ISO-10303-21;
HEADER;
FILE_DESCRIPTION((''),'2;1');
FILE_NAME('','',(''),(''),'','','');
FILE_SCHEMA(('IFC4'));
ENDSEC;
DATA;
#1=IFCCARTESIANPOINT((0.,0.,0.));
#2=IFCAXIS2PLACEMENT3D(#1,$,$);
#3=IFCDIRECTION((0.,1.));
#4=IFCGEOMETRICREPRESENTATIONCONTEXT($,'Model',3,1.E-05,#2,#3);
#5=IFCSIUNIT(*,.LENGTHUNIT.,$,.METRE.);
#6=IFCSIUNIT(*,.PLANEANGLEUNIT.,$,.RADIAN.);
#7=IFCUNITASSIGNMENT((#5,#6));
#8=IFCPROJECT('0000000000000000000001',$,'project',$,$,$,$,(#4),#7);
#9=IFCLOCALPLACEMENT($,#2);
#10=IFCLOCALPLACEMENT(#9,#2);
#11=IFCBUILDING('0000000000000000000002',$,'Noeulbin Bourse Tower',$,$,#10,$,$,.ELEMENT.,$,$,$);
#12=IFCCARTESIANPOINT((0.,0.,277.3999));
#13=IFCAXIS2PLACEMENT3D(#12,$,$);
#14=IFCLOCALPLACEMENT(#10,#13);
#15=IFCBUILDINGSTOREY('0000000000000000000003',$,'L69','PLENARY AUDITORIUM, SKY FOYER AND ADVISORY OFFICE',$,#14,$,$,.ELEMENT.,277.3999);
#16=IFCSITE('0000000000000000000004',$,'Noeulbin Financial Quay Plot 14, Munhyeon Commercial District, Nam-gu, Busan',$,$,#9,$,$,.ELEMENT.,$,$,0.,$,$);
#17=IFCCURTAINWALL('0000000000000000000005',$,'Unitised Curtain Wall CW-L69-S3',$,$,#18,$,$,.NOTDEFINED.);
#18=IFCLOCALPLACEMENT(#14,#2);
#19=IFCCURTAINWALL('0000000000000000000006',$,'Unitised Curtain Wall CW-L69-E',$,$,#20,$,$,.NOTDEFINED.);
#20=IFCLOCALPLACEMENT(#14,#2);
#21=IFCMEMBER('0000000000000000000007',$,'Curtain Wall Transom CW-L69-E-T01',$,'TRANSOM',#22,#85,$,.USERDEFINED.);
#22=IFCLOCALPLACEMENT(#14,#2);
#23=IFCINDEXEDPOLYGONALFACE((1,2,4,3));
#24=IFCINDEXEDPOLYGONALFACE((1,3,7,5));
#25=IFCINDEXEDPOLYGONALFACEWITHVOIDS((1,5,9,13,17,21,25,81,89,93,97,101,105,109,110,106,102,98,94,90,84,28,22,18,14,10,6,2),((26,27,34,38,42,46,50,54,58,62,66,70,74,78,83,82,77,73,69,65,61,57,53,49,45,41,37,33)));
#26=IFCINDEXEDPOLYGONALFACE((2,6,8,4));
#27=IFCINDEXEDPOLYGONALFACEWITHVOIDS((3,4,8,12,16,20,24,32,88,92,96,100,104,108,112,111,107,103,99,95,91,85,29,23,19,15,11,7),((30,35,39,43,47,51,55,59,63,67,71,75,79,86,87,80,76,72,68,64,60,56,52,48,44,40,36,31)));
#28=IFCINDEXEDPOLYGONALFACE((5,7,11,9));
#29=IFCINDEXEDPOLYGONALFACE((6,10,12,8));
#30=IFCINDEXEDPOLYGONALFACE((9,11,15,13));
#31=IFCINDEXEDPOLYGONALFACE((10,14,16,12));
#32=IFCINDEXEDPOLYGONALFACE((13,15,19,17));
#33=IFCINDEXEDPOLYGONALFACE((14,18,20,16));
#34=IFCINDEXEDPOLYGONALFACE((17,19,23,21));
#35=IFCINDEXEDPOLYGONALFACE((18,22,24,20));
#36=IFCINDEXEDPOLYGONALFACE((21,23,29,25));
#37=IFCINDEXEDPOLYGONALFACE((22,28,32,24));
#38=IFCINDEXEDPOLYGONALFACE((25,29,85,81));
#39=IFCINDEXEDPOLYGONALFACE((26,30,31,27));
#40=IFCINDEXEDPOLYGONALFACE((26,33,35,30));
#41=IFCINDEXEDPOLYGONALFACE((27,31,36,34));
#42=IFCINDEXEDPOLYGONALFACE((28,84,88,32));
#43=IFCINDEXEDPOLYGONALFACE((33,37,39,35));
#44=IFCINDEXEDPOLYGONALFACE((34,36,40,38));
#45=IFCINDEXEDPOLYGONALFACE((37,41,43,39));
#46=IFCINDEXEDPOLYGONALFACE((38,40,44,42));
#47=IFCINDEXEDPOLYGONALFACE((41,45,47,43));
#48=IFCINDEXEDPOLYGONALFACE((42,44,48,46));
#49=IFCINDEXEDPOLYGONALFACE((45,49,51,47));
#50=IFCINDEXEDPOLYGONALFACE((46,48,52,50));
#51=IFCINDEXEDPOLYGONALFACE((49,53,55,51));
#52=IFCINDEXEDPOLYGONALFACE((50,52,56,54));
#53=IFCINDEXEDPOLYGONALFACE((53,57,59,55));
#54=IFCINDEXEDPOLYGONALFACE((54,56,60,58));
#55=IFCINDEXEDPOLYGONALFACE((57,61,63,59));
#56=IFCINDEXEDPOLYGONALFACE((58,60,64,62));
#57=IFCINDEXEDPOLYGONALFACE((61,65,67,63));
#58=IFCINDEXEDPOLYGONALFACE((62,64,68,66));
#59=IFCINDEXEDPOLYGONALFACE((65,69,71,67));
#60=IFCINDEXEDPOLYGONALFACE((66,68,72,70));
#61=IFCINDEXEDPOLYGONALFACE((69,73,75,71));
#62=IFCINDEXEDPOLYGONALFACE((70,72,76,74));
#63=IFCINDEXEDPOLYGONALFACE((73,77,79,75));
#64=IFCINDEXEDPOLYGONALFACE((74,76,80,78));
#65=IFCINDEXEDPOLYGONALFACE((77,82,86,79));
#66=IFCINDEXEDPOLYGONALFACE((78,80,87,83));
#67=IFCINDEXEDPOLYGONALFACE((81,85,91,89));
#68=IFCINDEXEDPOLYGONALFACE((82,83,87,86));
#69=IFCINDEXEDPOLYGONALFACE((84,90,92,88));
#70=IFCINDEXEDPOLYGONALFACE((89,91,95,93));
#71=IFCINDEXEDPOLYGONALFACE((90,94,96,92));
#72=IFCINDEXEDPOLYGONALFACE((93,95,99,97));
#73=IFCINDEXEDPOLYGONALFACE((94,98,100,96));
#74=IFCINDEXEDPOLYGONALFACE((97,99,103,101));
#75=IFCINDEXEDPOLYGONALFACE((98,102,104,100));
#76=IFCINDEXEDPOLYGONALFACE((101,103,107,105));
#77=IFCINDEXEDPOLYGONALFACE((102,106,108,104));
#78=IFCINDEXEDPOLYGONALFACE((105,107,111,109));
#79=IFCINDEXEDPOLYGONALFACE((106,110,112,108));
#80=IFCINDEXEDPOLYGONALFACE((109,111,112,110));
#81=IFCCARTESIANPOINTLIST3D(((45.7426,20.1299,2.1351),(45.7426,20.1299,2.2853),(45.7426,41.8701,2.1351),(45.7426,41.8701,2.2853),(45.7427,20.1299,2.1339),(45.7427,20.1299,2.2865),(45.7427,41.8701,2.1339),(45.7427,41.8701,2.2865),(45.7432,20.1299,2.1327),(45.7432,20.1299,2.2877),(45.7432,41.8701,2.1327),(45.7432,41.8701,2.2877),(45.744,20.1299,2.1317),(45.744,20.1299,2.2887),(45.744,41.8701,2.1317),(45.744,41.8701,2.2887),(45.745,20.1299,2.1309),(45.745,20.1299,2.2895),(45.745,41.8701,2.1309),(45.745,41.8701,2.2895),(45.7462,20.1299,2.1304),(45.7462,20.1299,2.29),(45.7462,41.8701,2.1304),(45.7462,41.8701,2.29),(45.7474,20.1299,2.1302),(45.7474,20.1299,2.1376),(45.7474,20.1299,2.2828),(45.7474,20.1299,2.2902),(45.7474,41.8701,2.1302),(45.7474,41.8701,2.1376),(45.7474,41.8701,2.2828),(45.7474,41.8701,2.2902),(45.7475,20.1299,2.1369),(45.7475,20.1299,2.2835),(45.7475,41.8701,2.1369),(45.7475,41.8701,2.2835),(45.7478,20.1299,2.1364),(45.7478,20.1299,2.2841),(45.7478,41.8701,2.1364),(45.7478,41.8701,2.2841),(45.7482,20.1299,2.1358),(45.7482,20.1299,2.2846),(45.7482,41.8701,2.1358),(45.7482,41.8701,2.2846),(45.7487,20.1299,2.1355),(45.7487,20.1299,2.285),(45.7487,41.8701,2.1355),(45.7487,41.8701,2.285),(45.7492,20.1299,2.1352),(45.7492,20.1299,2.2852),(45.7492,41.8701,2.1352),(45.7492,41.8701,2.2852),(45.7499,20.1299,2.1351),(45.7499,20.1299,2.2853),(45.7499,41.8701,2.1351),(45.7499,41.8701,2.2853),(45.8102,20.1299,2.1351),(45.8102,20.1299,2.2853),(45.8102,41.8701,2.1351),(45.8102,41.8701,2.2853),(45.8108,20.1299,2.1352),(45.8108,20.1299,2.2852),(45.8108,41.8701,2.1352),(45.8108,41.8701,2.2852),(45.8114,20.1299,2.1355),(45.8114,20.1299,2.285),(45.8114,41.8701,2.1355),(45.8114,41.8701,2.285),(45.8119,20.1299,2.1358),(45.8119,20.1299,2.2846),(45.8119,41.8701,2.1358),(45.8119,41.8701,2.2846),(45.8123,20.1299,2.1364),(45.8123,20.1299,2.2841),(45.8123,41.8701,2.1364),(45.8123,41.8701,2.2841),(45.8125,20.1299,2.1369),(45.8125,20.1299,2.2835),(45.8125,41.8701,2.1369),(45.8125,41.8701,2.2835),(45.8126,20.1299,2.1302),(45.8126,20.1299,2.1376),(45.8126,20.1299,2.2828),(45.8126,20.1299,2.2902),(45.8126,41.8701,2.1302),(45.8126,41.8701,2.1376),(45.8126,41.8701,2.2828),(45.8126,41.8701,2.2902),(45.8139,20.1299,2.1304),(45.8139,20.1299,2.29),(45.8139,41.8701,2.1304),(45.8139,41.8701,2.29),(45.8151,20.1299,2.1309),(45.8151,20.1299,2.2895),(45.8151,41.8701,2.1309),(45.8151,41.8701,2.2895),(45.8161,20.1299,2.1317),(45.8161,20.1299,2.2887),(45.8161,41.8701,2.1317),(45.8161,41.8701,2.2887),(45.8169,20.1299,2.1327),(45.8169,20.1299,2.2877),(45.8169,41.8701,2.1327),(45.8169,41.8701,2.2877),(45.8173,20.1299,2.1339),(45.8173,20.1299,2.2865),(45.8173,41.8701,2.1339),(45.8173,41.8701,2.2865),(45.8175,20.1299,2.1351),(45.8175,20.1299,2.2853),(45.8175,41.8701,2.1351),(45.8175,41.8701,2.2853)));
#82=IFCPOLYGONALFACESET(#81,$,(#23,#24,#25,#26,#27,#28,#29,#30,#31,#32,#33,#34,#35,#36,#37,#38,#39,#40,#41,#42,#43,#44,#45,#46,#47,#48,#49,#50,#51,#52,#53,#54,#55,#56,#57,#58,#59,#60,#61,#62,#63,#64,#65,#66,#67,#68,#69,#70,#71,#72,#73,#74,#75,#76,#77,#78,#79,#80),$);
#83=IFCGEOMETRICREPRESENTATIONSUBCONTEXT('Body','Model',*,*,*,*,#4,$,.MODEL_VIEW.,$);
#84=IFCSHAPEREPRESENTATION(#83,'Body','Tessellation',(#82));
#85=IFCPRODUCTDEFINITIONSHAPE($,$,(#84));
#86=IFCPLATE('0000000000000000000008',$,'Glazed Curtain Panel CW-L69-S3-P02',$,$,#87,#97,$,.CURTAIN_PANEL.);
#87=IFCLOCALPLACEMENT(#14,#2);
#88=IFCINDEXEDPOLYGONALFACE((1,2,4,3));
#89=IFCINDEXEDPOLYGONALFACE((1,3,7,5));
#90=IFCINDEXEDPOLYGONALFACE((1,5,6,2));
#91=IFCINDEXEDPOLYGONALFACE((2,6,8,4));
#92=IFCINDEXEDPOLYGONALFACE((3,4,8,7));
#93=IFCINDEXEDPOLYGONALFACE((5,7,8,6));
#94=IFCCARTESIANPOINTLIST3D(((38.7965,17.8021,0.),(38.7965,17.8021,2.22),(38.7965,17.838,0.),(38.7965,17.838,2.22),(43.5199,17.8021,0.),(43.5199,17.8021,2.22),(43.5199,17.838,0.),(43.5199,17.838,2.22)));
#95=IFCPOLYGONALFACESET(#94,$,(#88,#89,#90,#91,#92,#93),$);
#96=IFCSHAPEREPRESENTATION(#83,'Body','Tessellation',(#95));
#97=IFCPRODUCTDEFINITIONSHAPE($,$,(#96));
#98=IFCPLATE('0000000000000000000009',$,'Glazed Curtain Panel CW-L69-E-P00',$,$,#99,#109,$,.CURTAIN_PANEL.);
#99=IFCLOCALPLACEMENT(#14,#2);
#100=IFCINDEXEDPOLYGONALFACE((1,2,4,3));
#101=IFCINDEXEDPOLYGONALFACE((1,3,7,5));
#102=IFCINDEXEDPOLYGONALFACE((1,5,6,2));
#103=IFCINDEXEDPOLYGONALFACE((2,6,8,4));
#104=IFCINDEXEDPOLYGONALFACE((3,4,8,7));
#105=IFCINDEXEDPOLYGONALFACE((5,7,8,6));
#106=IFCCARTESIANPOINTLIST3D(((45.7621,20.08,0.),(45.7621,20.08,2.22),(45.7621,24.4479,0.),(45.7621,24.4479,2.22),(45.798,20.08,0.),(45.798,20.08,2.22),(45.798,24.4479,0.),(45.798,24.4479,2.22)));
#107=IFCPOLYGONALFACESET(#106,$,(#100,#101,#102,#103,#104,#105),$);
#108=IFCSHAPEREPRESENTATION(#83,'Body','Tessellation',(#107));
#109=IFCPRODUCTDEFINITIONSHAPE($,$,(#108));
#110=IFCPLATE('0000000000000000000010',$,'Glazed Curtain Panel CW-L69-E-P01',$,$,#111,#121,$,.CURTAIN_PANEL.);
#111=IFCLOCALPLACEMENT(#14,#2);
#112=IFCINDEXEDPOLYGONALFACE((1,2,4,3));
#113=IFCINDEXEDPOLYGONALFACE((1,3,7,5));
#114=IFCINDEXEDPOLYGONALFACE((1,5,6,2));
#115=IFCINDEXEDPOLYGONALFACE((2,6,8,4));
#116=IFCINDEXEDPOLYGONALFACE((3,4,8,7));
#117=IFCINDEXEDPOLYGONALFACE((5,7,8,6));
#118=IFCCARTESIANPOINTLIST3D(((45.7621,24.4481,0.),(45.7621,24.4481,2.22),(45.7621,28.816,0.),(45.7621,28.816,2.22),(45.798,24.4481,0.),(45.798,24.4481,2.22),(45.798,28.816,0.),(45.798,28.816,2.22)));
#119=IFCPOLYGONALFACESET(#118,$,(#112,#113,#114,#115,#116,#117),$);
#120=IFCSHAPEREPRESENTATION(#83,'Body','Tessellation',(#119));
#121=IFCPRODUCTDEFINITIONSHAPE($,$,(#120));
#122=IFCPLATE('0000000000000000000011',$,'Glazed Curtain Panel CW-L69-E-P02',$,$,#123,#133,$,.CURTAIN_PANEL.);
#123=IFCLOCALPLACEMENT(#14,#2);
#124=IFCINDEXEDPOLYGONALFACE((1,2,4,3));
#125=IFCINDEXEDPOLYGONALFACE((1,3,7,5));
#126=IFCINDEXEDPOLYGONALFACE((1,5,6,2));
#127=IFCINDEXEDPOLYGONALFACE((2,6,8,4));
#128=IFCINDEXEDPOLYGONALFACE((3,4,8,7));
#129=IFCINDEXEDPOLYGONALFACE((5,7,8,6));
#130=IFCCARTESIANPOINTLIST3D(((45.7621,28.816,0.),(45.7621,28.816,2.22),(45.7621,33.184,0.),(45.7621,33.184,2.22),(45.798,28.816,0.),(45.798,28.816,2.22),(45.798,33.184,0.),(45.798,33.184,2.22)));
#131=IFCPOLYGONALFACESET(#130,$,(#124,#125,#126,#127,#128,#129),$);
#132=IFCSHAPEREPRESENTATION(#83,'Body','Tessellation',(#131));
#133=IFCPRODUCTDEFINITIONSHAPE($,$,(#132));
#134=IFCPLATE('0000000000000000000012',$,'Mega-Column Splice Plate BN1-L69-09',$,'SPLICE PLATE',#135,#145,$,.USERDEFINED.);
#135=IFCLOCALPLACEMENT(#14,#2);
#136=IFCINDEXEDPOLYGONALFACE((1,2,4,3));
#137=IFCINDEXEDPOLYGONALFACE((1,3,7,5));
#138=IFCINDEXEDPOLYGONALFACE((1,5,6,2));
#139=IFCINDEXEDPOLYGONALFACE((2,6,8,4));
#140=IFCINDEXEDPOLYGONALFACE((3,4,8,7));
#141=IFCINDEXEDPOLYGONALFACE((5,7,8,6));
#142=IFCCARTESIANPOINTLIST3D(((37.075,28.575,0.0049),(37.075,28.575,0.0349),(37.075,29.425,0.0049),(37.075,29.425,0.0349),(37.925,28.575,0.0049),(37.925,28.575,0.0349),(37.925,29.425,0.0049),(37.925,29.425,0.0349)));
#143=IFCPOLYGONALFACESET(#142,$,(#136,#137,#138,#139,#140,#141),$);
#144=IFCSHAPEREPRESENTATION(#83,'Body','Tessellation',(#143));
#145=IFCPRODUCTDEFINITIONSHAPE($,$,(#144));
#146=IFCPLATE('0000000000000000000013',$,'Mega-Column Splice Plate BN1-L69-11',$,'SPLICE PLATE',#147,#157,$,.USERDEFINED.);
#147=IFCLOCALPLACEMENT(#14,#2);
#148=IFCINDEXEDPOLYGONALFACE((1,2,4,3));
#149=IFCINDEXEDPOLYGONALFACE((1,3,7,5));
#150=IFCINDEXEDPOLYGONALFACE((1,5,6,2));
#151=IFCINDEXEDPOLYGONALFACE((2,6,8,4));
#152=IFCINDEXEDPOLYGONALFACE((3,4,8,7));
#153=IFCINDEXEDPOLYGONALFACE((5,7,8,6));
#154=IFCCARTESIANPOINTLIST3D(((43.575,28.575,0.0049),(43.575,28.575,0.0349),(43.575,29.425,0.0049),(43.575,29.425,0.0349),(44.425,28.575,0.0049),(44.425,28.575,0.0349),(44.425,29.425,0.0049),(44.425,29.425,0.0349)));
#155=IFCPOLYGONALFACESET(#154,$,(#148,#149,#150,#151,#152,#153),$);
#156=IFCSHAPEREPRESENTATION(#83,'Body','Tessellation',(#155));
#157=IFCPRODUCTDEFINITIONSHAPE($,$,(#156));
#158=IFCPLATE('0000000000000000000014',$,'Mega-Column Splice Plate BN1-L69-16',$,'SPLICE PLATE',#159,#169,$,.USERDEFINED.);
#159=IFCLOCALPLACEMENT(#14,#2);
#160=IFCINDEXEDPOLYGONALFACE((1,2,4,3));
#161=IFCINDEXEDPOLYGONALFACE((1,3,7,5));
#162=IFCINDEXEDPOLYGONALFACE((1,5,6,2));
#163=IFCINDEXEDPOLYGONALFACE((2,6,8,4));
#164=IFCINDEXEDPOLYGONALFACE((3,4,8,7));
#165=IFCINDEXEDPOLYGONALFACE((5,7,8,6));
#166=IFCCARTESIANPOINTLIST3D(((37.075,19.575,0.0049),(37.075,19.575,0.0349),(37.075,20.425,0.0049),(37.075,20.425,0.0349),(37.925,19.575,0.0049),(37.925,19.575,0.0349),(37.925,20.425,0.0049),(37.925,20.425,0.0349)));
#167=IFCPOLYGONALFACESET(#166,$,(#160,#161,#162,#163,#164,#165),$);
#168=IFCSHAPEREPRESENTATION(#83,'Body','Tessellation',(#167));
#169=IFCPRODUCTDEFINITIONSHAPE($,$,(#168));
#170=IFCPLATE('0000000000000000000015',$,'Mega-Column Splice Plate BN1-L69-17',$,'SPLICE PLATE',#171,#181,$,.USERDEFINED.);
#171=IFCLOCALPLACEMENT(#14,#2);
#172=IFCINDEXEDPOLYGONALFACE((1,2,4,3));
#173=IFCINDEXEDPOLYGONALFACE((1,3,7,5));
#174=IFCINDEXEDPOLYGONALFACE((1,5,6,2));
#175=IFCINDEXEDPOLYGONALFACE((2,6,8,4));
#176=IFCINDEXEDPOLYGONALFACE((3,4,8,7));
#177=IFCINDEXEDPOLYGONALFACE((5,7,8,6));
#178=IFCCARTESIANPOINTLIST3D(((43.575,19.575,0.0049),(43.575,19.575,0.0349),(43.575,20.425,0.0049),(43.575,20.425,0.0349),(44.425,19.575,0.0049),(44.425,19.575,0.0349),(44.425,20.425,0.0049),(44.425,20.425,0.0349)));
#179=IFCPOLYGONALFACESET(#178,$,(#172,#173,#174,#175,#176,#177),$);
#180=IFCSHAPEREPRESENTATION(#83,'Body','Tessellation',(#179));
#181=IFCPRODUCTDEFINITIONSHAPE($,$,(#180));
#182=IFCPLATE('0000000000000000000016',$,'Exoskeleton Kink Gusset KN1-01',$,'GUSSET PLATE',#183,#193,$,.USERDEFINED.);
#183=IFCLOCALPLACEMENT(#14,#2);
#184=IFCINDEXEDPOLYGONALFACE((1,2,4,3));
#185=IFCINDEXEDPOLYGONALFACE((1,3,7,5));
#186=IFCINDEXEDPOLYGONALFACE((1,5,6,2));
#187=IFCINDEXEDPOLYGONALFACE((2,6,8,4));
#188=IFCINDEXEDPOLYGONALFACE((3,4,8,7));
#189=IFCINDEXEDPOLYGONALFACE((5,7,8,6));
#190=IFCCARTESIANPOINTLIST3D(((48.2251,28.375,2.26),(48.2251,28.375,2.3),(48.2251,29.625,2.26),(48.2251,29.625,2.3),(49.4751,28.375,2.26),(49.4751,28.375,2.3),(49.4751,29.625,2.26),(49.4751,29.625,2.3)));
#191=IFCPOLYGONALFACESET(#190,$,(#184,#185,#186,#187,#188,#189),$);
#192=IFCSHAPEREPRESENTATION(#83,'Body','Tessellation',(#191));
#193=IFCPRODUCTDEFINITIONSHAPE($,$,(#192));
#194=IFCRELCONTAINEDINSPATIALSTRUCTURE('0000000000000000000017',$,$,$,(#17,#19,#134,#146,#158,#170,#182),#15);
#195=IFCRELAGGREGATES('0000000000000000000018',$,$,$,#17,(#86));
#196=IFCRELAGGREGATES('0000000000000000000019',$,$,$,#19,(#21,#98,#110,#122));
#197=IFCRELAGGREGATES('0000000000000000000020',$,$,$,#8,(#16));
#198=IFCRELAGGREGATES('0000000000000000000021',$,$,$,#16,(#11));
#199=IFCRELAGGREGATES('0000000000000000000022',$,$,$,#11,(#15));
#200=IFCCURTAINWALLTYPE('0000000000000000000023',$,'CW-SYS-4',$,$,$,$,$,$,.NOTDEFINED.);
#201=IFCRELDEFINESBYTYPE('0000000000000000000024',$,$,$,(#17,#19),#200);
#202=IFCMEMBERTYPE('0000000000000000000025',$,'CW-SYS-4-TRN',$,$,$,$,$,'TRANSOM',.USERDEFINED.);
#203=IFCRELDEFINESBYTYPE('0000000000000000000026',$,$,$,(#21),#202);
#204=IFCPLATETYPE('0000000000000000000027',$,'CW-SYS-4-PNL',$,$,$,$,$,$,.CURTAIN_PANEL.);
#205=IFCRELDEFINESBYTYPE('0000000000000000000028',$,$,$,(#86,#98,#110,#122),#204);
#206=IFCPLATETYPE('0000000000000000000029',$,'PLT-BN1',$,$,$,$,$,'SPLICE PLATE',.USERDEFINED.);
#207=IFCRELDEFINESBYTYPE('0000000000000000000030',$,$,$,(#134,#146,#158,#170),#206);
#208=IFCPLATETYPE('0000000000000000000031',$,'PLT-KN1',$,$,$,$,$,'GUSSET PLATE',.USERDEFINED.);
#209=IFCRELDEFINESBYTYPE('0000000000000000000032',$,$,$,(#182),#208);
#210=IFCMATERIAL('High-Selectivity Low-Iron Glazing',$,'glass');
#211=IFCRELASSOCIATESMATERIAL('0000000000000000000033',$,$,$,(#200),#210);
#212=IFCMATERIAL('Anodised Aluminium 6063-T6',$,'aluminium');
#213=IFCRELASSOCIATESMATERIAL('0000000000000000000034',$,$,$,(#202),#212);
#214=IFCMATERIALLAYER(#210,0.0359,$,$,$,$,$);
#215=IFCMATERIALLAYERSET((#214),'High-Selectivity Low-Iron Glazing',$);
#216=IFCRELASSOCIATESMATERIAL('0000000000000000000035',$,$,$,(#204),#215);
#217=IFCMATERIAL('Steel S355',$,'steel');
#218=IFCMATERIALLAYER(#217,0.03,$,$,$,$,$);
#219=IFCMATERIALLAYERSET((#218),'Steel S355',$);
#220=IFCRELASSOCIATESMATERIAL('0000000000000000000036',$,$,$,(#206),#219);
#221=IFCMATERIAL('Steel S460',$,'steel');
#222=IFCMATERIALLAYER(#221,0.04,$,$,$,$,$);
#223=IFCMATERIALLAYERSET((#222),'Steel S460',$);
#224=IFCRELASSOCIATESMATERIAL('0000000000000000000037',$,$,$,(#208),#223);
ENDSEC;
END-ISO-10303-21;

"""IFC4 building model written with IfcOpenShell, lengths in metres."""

from ifc_helpers import new_model, si_unit, direction, frame, origin, origin_2d, place, context, subcontext, project, spatial, rectangle, hollow_rectangle, extrude, material, layer, layer_set, material_profile, profile_set, type_object, element, aggregate, save


model = new_model("IFC4")

# Units and contexts
model_context = context("Model", 3, precision=1e-05, world=origin(), true_north=direction((0.0, 1.0)))
body_context = subcontext(model_context, "Body", "Model", "MODEL_VIEW")
ifc_project = project(units=[si_unit("LENGTHUNIT", "METRE"), si_unit("PLANEANGLEUNIT", "RADIAN")], contexts=[model_context])

# Site, building, storey
site_placement = place(None, origin())
site = spatial("IfcSite", under=ifc_project, at=site_placement, Name="Noeulbin Financial Quay Plot 14, Munhyeon Commercial District, Nam-gu, Busan", CompositionType="ELEMENT", RefElevation=0.0)
building_placement = place(site_placement, origin())
building = spatial("IfcBuilding", under=site, at=building_placement, Name="Noeulbin Bourse Tower", CompositionType="ELEMENT")
storey_placement = place(building_placement, frame((0.0, 0.0, 277.3999)))
storey = spatial("IfcBuildingStorey", under=building, at=storey_placement, Name="L69", Description="PLENARY AUDITORIUM, SKY FOYER AND ADVISORY OFFICE", CompositionType="ELEMENT", Elevation=277.3999)

# Shared definitions
ifc_material_1 = material(Name="Steel S355", Category="steel")

# Shared definitions
ifc_material_2 = material(Name="Steel S460", Category="steel")

# Curtain walls, member
ifc_material_3 = material(Name="High-Selectivity Low-Iron Glazing", Category="glass")
curtain_wall_type = type_object("IfcCurtainWallType", Name="CW-SYS-4", PredefinedType="NOTDEFINED", material=ifc_material_3)
curtain_wall_1_placement = place(storey_placement, origin())
curtain_wall_1 = element("IfcCurtainWall", 1, at=curtain_wall_1_placement, inside=storey, type_object=curtain_wall_type, Name="Unitised Curtain Wall CW-L69-S3", PredefinedType="NOTDEFINED")
ifc_material_4 = material(Name="Anodised Aluminium 6063-T6", Category="aluminium")
curtain_wall_2_placement = place(storey_placement, origin())
curtain_wall_2 = element("IfcCurtainWall", 2, at=curtain_wall_2_placement, inside=storey, type_object=curtain_wall_type, Name="Unitised Curtain Wall CW-L69-E", PredefinedType="NOTDEFINED")
ifc_material_profile_1 = material_profile(ifc_material_4, hollow_rectangle(XDim=0.075, YDim=0.1599, WallThickness=0.0049, InnerFilletRadius=0.0024, OuterFilletRadius=0.0049, at=origin_2d()), Name="ALU-TRAN-75x160x5", Category="LoadBearing")
ifc_profile_set_1 = profile_set([ifc_material_profile_1], Name="Anodised Aluminium 6063-T6")
member_type_1 = type_object("IfcMemberType", Name="CW-SYS-4-TRN", ElementType="TRANSOM", PredefinedType="USERDEFINED", material=ifc_profile_set_1)
member_1_placement = place(storey_placement, frame((45.78, 20.1299, 2.2102), z_axis=(0.0, 1.0, 0.0), x_axis=(-1.0, 0.0, 0.0)))
member_1 = element("IfcMember", 3, at=member_1_placement, type_object=member_type_1, Name="Curtain Wall Transom CW-L69-E-T01", ObjectType="TRANSOM", PredefinedType="USERDEFINED", context=body_context, shape_type="SweptSolid", body=[
    extrude(hollow_rectangle(XDim=0.075, YDim=0.1599, WallThickness=0.0049, InnerFilletRadius=0.0024, OuterFilletRadius=0.0049, at=origin_2d()), origin(), (0.0, 0.0, 1.0), 21.7402),
])

# Plates
ifc_layer_1 = layer(ifc_material_3, 0.0359)
ifc_layer_set_1 = layer_set([ifc_layer_1], Name="High-Selectivity Low-Iron Glazing")
plate_type_1 = type_object("IfcPlateType", Name="CW-SYS-4-PNL", PredefinedType="CURTAIN_PANEL", material=ifc_layer_set_1)
plate_1_placement = place(storey_placement, frame((41.1582, 17.8201, 0.0), z_axis=(0.0, 0.0, 1.0), x_axis=(1.0, 0.0, 0.0)))
plate_1 = element("IfcPlate", 4, at=plate_1_placement, type_object=plate_type_1, Name="Glazed Curtain Panel CW-L69-S3-P02", PredefinedType="CURTAIN_PANEL", context=body_context, shape_type="SweptSolid", body=[
    extrude(rectangle(XDim=4.7234, YDim=0.0359, at=origin_2d()), origin(), (0.0, 0.0, 1.0), 2.22),
])
aggregate(curtain_wall_1, [plate_1])
plate_2_placement = place(storey_placement, frame((45.78, 22.2639, 0.0), z_axis=(0.0, 0.0, 1.0), x_axis=(0.0, 1.0, 0.0)))
plate_2 = element("IfcPlate", 5, at=plate_2_placement, type_object=plate_type_1, Name="Glazed Curtain Panel CW-L69-E-P00", PredefinedType="CURTAIN_PANEL", context=body_context, shape_type="SweptSolid", body=[
    extrude(rectangle(XDim=4.3679, YDim=0.0359, at=origin_2d()), origin(), (0.0, 0.0, 1.0), 2.22),
])
plate_3_placement = place(storey_placement, frame((45.78, 26.6321, 0.0), z_axis=(0.0, 0.0, 1.0), x_axis=(0.0, 1.0, 0.0)))
plate_3 = element("IfcPlate", 6, at=plate_3_placement, type_object=plate_type_1, Name="Glazed Curtain Panel CW-L69-E-P01", PredefinedType="CURTAIN_PANEL", context=body_context, shape_type="SweptSolid", body=[
    extrude(rectangle(XDim=4.3679, YDim=0.0359, at=origin_2d()), origin(), (0.0, 0.0, 1.0), 2.22),
])
plate_4_placement = place(storey_placement, frame((45.78, 31.0, 0.0), z_axis=(0.0, 0.0, 1.0), x_axis=(0.0, 1.0, 0.0)))
plate_4 = element("IfcPlate", 7, at=plate_4_placement, type_object=plate_type_1, Name="Glazed Curtain Panel CW-L69-E-P02", PredefinedType="CURTAIN_PANEL", context=body_context, shape_type="SweptSolid", body=[
    extrude(rectangle(XDim=4.3679, YDim=0.0359, at=origin_2d()), origin(), (0.0, 0.0, 1.0), 2.22),
])
aggregate(curtain_wall_2, [member_1, plate_2, plate_3, plate_4])

# Plates
ifc_layer_2 = layer(ifc_material_1, 0.03)
ifc_layer_set_2 = layer_set([ifc_layer_2], Name="Steel S355")
plate_type_2 = type_object("IfcPlateType", Name="PLT-BN1", ElementType="SPLICE PLATE", PredefinedType="USERDEFINED", material=ifc_layer_set_2)
for number, where, z_axis, x_axis, name in (
    (8, (37.5, 29.0, 0.0049), (0.0, 0.0, 1.0), (1.0, 0.0, 0.0), "Mega-Column Splice Plate BN1-L69-09"),
    (9, (44.0, 29.0, 0.0049), (0.0, 0.0, 1.0), (1.0, 0.0, 0.0), "Mega-Column Splice Plate BN1-L69-11"),
    (10, (37.5, 20.0, 0.0049), (0.0, 0.0, 1.0), (1.0, 0.0, 0.0), "Mega-Column Splice Plate BN1-L69-16"),
    (11, (44.0, 20.0, 0.0049), (0.0, 0.0, 1.0), (1.0, 0.0, 0.0), "Mega-Column Splice Plate BN1-L69-17"),
):
    element("IfcPlate", number, at=place(storey_placement, frame(where, z_axis=z_axis, x_axis=x_axis)), inside=storey, type_object=plate_type_2, Name=name, ObjectType="SPLICE PLATE", PredefinedType="USERDEFINED", context=body_context, shape_type="SweptSolid", body=[
        extrude(rectangle(XDim=0.8501, YDim=0.8501, at=origin_2d()), origin(), (0.0, 0.0, 1.0), 0.03),
    ])
ifc_layer_3 = layer(ifc_material_2, 0.04)
ifc_layer_set_3 = layer_set([ifc_layer_3], Name="Steel S460")
plate_type_3 = type_object("IfcPlateType", Name="PLT-KN1", ElementType="GUSSET PLATE", PredefinedType="USERDEFINED", material=ifc_layer_set_3)
plate_5_placement = place(storey_placement, frame((48.8501, 29.0, 2.26), z_axis=(0.0, 0.0, 1.0), x_axis=(1.0, 0.0, 0.0)))
element("IfcPlate", 12, at=plate_5_placement, inside=storey, type_object=plate_type_3, Name="Exoskeleton Kink Gusset KN1-01", ObjectType="GUSSET PLATE", PredefinedType="USERDEFINED", context=body_context, shape_type="SweptSolid", body=[
    extrude(rectangle(XDim=1.25, YDim=1.25, at=origin_2d()), origin(), (0.0, 0.0, 1.0), 0.04),
])

save(model, "model.ifc")
